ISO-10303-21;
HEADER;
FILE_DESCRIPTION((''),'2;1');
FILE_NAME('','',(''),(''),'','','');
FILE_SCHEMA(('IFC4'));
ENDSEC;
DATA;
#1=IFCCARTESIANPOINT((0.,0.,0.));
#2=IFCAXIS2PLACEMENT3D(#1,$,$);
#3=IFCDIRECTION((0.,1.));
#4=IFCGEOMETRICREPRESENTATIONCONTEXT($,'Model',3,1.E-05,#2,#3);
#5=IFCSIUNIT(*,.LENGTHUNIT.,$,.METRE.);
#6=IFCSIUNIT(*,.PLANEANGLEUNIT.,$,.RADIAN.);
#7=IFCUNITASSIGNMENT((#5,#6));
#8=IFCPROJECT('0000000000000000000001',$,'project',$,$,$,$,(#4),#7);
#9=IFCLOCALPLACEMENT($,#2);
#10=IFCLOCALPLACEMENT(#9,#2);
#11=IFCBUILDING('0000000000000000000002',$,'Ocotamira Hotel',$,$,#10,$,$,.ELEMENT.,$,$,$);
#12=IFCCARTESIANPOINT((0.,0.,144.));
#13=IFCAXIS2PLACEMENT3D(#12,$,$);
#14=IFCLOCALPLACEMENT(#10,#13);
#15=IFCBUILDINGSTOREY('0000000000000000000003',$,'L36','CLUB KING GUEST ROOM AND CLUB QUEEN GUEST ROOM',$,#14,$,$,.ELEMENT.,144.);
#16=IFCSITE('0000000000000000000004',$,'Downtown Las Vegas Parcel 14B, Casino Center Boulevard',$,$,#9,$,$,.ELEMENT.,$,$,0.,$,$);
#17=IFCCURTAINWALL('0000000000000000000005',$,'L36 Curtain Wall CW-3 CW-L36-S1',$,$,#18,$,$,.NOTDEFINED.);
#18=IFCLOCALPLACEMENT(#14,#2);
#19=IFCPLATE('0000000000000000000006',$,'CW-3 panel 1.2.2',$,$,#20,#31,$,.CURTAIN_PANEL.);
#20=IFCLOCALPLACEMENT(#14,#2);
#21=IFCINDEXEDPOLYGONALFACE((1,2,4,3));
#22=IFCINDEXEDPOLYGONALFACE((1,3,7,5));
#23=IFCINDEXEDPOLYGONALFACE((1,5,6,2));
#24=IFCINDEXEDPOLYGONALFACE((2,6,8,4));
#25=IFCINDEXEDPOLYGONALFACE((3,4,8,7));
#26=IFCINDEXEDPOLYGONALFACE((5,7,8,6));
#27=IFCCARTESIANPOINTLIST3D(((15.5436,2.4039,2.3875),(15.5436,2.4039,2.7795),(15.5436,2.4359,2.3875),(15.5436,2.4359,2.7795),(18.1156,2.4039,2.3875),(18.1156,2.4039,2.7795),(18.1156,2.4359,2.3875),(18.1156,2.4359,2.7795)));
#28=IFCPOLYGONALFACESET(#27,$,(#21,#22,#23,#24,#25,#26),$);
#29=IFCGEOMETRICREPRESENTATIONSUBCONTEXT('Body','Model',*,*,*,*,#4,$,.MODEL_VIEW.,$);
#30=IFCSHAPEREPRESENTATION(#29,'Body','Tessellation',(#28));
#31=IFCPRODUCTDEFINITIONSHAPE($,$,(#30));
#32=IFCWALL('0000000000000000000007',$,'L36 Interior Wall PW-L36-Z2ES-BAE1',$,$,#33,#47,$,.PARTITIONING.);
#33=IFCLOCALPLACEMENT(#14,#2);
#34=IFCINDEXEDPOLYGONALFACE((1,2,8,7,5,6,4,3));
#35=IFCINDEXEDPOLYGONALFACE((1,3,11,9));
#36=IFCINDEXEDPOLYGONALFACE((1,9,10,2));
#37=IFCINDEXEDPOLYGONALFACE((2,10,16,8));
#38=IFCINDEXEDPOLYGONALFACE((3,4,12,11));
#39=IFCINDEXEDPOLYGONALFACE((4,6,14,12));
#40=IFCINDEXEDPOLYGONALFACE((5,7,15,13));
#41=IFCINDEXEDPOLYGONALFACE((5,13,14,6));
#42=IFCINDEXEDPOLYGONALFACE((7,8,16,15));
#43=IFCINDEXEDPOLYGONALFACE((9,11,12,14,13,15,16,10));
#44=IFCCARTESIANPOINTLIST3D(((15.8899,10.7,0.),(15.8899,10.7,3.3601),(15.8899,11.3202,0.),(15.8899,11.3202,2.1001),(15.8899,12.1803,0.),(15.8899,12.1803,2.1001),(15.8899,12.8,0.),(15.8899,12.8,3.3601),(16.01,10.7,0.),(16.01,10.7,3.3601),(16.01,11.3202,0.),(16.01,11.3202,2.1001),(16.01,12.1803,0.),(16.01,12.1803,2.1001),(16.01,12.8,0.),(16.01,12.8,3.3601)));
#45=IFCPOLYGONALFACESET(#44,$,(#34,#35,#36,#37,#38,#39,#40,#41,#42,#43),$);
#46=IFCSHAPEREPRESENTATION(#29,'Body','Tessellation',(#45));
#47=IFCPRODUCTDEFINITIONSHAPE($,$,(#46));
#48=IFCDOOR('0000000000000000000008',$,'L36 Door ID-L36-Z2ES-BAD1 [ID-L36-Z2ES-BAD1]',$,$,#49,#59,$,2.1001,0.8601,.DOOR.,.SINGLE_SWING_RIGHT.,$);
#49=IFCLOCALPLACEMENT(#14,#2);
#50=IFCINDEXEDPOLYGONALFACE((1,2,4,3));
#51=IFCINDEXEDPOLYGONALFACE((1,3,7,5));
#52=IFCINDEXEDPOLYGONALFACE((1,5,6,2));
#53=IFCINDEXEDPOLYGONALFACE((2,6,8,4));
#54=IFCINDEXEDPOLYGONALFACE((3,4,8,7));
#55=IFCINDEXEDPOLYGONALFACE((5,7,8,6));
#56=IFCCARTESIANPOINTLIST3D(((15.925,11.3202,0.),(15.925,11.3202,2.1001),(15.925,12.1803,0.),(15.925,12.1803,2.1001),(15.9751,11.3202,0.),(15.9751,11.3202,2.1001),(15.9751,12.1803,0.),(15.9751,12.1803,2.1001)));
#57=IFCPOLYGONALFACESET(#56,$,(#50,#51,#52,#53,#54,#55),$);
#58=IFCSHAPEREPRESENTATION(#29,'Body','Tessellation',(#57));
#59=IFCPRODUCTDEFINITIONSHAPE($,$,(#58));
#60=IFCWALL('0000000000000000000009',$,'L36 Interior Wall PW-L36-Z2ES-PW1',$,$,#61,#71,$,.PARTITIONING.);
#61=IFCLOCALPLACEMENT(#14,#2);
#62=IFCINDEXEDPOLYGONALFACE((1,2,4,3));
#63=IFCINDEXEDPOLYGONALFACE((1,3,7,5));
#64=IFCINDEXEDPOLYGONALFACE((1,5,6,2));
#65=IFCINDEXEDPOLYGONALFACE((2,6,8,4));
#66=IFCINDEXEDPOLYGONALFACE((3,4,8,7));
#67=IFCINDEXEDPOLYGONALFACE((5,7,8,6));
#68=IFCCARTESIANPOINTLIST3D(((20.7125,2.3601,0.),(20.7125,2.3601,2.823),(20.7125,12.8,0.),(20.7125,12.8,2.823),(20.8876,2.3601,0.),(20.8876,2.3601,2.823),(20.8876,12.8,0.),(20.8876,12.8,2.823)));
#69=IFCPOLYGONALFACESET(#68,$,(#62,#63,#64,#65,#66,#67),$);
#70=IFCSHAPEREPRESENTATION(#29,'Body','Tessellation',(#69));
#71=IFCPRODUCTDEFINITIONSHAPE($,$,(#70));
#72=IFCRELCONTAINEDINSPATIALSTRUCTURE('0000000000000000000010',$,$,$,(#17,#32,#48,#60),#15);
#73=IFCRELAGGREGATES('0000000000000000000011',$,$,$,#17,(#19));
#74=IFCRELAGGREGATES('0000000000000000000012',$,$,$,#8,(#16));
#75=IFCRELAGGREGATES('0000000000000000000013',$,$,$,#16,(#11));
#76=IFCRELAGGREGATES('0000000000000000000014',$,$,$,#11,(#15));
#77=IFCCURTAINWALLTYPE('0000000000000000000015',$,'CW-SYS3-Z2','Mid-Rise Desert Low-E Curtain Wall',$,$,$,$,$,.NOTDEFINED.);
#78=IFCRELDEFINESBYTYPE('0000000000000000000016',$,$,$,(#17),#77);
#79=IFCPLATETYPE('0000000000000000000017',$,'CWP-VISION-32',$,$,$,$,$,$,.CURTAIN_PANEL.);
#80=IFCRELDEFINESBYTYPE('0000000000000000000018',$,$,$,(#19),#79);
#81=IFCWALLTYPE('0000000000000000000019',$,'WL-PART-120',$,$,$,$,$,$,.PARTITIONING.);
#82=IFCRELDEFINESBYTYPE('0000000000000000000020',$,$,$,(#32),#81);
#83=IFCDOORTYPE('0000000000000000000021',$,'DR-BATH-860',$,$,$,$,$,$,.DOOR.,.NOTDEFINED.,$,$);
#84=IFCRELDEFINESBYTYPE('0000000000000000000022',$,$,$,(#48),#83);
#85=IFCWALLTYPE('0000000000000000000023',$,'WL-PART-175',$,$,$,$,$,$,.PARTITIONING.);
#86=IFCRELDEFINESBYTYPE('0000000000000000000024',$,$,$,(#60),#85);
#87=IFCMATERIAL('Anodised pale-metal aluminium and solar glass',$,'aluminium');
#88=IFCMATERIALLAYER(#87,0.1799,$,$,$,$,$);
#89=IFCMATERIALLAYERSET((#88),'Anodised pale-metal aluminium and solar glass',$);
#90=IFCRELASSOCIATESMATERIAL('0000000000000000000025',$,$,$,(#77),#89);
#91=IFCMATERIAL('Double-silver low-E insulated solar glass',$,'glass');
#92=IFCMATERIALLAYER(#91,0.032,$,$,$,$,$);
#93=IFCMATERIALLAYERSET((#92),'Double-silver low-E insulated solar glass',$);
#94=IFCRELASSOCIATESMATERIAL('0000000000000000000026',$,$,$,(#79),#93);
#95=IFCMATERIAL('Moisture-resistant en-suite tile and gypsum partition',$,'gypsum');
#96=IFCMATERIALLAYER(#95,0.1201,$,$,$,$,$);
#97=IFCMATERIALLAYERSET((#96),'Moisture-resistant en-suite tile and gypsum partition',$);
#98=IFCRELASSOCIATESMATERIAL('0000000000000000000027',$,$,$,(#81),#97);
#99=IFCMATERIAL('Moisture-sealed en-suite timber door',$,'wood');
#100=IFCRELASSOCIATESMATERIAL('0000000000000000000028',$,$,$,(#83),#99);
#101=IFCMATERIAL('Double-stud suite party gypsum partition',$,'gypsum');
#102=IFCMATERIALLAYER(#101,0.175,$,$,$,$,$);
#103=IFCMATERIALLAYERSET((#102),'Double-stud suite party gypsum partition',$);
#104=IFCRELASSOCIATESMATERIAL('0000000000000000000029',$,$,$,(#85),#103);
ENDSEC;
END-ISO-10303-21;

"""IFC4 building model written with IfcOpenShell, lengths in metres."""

from ifc_helpers import new_model, si_unit, direction, frame, frame_2d, origin, origin_2d, place, context, subcontext, project, spatial, rectangle, extrude, source, transform, mapped, material, layer, layer_set, type_object, element, fill, aggregate, save


model = new_model("IFC4")

# Units and contexts
model_context = context("Model", 3, precision=1e-05, world=origin(), true_north=direction((0.0, 1.0)))
body_context = subcontext(model_context, "Body", "Model", "MODEL_VIEW")
ifc_project = project(units=[si_unit("LENGTHUNIT", "METRE"), si_unit("PLANEANGLEUNIT", "RADIAN")], contexts=[model_context])

# Site, building, storey
site_placement = place(None, origin())
site = spatial("IfcSite", under=ifc_project, at=site_placement, Name="Downtown Las Vegas Parcel 14B, Casino Center Boulevard", CompositionType="ELEMENT", RefElevation=0.0)
building_placement = place(site_placement, origin())
building = spatial("IfcBuilding", under=site, at=building_placement, Name="Ocotamira Hotel", CompositionType="ELEMENT")
storey_placement = place(building_placement, frame((0.0, 0.0, 144.0)))
storey = spatial("IfcBuildingStorey", under=building, at=storey_placement, Name="L36", Description="CLUB KING GUEST ROOM AND CLUB QUEEN GUEST ROOM", CompositionType="ELEMENT", Elevation=144.0)

# Curtain wall
ifc_material_1 = material(Name="Anodised pale-metal aluminium and solar glass", Category="aluminium")
ifc_layer_1 = layer(ifc_material_1, 0.1799)
ifc_layer_set_1 = layer_set([ifc_layer_1], Name="Anodised pale-metal aluminium and solar glass")
curtain_wall_type = type_object("IfcCurtainWallType", Name="CW-SYS3-Z2", Description="Mid-Rise Desert Low-E Curtain Wall", PredefinedType="NOTDEFINED", material=ifc_layer_set_1)
curtain_wall_placement = place(storey_placement, origin())
curtain_wall = element("IfcCurtainWall", 1, at=curtain_wall_placement, inside=storey, type_object=curtain_wall_type, Name="L36 Curtain Wall CW-3 CW-L36-S1", PredefinedType="NOTDEFINED")

# Plate
ifc_material_2 = material(Name="Double-silver low-E insulated solar glass", Category="glass")
ifc_layer_2 = layer(ifc_material_2, 0.032)
ifc_layer_set_2 = layer_set([ifc_layer_2], Name="Double-silver low-E insulated solar glass")
plate_type_1 = type_object("IfcPlateType", Name="CWP-VISION-32", PredefinedType="CURTAIN_PANEL", material=ifc_layer_set_2)
shared_shape_1 = source(origin(), body_context, "Body", "SweptSolid", [
    extrude(rectangle(XDim=2.572, YDim=0.032, at=origin_2d()), origin(), (0.0, 0.0, 1.0), 0.3921),
])
plate_1_placement = place(storey_placement, frame((16.8296, 2.4199, 2.3875), z_axis=(0.0, 0.0, 1.0), x_axis=(1.0, 0.0, 0.0)))
plate_1 = element("IfcPlate", 2, at=plate_1_placement, type_object=plate_type_1, Name="CW-3 panel 1.2.2", PredefinedType="CURTAIN_PANEL", context=body_context, shape_type="MappedRepresentation", body=[
    mapped(shared_shape_1, transform((0.0, 0.0, 0.0), scale=1.0)),
])
aggregate(curtain_wall, [plate_1])

# Wall, opening, door
ifc_material_3 = material(Name="Moisture-resistant en-suite tile and gypsum partition", Category="gypsum")
ifc_layer_3 = layer(ifc_material_3, 0.1201)
ifc_layer_set_3 = layer_set([ifc_layer_3], Name="Moisture-resistant en-suite tile and gypsum partition")
wall_type_1 = type_object("IfcWallType", Name="WL-PART-120", PredefinedType="PARTITIONING", material=ifc_layer_set_3)
wall_1_placement = place(storey_placement, frame((15.95, 10.7, 0.0), z_axis=(0.0, 0.0, 1.0), x_axis=(0.0, 1.0, 0.0)))
wall_1 = element("IfcWall", 3, at=wall_1_placement, inside=storey, type_object=wall_type_1, Name="L36 Interior Wall PW-L36-Z2ES-BAE1", PredefinedType="PARTITIONING", context=body_context, shape_type="SweptSolid", body=[
    extrude(rectangle(XDim=2.1001, YDim=0.1201, at=frame_2d((1.05, 0.0))), origin(), (0.0, 0.0, 1.0), 3.3601),
])
opening_placement = place(wall_1_placement, frame((0.6201, 0.0, 0.0)))
opening = element("IfcOpeningElement", 4, at=opening_placement, cuts=wall_1, PredefinedType="OPENING", context=body_context, shape_type="SweptSolid", body=[
    extrude(rectangle(XDim=0.8601, YDim=2.1001, at=frame_2d((0.4302, 1.05))), frame((0.0, 0.0701, 0.0), z_axis=(0.0, -1.0, 0.0), x_axis=(1.0, 0.0, 0.0)), (0.0, 0.0, 1.0), 0.1401),
])
ifc_material_4 = material(Name="Moisture-sealed en-suite timber door", Category="wood")
door_type = type_object("IfcDoorType", Name="DR-BATH-860", OperationType="NOTDEFINED", PredefinedType="DOOR", material=ifc_material_4)
shared_shape_2 = source(origin(), body_context, "Body", "SweptSolid", [
    extrude(rectangle(XDim=0.8601, YDim=2.1001, at=frame_2d((0.4302, 1.05))), frame((0.0, 0.0249, 0.0), z_axis=(0.0, -1.0, 0.0), x_axis=(1.0, 0.0, 0.0)), (0.0, 0.0, 1.0), 0.05),
])
door_placement = place(opening_placement, origin())
door = element("IfcDoor", 5, at=door_placement, inside=storey, type_object=door_type, Name="L36 Door ID-L36-Z2ES-BAD1 [ID-L36-Z2ES-BAD1]", OperationType="SINGLE_SWING_RIGHT", OverallHeight=2.1001, OverallWidth=0.8601, PredefinedType="DOOR", context=body_context, shape_type="MappedRepresentation", body=[
    mapped(shared_shape_2, transform((0.0, 0.0, 0.0), scale=1.0)),
])
fill(opening, door)

# Wall
ifc_material_5 = material(Name="Double-stud suite party gypsum partition", Category="gypsum")
ifc_layer_4 = layer(ifc_material_5, 0.175)
ifc_layer_set_4 = layer_set([ifc_layer_4], Name="Double-stud suite party gypsum partition")
wall_type_2 = type_object("IfcWallType", Name="WL-PART-175", PredefinedType="PARTITIONING", material=ifc_layer_set_4)
wall_2_placement = place(storey_placement, frame((20.8, 2.3601, 0.0), z_axis=(0.0, 0.0, 1.0), x_axis=(0.0, 1.0, 0.0)))
element("IfcWall", 6, at=wall_2_placement, inside=storey, type_object=wall_type_2, Name="L36 Interior Wall PW-L36-Z2ES-PW1", PredefinedType="PARTITIONING", context=body_context, shape_type="SweptSolid", body=[
    extrude(rectangle(XDim=10.4399, YDim=0.175, at=frame_2d((5.22, 0.0))), origin(), (0.0, 0.0, 1.0), 2.823),
])

save(model, "model.ifc")
